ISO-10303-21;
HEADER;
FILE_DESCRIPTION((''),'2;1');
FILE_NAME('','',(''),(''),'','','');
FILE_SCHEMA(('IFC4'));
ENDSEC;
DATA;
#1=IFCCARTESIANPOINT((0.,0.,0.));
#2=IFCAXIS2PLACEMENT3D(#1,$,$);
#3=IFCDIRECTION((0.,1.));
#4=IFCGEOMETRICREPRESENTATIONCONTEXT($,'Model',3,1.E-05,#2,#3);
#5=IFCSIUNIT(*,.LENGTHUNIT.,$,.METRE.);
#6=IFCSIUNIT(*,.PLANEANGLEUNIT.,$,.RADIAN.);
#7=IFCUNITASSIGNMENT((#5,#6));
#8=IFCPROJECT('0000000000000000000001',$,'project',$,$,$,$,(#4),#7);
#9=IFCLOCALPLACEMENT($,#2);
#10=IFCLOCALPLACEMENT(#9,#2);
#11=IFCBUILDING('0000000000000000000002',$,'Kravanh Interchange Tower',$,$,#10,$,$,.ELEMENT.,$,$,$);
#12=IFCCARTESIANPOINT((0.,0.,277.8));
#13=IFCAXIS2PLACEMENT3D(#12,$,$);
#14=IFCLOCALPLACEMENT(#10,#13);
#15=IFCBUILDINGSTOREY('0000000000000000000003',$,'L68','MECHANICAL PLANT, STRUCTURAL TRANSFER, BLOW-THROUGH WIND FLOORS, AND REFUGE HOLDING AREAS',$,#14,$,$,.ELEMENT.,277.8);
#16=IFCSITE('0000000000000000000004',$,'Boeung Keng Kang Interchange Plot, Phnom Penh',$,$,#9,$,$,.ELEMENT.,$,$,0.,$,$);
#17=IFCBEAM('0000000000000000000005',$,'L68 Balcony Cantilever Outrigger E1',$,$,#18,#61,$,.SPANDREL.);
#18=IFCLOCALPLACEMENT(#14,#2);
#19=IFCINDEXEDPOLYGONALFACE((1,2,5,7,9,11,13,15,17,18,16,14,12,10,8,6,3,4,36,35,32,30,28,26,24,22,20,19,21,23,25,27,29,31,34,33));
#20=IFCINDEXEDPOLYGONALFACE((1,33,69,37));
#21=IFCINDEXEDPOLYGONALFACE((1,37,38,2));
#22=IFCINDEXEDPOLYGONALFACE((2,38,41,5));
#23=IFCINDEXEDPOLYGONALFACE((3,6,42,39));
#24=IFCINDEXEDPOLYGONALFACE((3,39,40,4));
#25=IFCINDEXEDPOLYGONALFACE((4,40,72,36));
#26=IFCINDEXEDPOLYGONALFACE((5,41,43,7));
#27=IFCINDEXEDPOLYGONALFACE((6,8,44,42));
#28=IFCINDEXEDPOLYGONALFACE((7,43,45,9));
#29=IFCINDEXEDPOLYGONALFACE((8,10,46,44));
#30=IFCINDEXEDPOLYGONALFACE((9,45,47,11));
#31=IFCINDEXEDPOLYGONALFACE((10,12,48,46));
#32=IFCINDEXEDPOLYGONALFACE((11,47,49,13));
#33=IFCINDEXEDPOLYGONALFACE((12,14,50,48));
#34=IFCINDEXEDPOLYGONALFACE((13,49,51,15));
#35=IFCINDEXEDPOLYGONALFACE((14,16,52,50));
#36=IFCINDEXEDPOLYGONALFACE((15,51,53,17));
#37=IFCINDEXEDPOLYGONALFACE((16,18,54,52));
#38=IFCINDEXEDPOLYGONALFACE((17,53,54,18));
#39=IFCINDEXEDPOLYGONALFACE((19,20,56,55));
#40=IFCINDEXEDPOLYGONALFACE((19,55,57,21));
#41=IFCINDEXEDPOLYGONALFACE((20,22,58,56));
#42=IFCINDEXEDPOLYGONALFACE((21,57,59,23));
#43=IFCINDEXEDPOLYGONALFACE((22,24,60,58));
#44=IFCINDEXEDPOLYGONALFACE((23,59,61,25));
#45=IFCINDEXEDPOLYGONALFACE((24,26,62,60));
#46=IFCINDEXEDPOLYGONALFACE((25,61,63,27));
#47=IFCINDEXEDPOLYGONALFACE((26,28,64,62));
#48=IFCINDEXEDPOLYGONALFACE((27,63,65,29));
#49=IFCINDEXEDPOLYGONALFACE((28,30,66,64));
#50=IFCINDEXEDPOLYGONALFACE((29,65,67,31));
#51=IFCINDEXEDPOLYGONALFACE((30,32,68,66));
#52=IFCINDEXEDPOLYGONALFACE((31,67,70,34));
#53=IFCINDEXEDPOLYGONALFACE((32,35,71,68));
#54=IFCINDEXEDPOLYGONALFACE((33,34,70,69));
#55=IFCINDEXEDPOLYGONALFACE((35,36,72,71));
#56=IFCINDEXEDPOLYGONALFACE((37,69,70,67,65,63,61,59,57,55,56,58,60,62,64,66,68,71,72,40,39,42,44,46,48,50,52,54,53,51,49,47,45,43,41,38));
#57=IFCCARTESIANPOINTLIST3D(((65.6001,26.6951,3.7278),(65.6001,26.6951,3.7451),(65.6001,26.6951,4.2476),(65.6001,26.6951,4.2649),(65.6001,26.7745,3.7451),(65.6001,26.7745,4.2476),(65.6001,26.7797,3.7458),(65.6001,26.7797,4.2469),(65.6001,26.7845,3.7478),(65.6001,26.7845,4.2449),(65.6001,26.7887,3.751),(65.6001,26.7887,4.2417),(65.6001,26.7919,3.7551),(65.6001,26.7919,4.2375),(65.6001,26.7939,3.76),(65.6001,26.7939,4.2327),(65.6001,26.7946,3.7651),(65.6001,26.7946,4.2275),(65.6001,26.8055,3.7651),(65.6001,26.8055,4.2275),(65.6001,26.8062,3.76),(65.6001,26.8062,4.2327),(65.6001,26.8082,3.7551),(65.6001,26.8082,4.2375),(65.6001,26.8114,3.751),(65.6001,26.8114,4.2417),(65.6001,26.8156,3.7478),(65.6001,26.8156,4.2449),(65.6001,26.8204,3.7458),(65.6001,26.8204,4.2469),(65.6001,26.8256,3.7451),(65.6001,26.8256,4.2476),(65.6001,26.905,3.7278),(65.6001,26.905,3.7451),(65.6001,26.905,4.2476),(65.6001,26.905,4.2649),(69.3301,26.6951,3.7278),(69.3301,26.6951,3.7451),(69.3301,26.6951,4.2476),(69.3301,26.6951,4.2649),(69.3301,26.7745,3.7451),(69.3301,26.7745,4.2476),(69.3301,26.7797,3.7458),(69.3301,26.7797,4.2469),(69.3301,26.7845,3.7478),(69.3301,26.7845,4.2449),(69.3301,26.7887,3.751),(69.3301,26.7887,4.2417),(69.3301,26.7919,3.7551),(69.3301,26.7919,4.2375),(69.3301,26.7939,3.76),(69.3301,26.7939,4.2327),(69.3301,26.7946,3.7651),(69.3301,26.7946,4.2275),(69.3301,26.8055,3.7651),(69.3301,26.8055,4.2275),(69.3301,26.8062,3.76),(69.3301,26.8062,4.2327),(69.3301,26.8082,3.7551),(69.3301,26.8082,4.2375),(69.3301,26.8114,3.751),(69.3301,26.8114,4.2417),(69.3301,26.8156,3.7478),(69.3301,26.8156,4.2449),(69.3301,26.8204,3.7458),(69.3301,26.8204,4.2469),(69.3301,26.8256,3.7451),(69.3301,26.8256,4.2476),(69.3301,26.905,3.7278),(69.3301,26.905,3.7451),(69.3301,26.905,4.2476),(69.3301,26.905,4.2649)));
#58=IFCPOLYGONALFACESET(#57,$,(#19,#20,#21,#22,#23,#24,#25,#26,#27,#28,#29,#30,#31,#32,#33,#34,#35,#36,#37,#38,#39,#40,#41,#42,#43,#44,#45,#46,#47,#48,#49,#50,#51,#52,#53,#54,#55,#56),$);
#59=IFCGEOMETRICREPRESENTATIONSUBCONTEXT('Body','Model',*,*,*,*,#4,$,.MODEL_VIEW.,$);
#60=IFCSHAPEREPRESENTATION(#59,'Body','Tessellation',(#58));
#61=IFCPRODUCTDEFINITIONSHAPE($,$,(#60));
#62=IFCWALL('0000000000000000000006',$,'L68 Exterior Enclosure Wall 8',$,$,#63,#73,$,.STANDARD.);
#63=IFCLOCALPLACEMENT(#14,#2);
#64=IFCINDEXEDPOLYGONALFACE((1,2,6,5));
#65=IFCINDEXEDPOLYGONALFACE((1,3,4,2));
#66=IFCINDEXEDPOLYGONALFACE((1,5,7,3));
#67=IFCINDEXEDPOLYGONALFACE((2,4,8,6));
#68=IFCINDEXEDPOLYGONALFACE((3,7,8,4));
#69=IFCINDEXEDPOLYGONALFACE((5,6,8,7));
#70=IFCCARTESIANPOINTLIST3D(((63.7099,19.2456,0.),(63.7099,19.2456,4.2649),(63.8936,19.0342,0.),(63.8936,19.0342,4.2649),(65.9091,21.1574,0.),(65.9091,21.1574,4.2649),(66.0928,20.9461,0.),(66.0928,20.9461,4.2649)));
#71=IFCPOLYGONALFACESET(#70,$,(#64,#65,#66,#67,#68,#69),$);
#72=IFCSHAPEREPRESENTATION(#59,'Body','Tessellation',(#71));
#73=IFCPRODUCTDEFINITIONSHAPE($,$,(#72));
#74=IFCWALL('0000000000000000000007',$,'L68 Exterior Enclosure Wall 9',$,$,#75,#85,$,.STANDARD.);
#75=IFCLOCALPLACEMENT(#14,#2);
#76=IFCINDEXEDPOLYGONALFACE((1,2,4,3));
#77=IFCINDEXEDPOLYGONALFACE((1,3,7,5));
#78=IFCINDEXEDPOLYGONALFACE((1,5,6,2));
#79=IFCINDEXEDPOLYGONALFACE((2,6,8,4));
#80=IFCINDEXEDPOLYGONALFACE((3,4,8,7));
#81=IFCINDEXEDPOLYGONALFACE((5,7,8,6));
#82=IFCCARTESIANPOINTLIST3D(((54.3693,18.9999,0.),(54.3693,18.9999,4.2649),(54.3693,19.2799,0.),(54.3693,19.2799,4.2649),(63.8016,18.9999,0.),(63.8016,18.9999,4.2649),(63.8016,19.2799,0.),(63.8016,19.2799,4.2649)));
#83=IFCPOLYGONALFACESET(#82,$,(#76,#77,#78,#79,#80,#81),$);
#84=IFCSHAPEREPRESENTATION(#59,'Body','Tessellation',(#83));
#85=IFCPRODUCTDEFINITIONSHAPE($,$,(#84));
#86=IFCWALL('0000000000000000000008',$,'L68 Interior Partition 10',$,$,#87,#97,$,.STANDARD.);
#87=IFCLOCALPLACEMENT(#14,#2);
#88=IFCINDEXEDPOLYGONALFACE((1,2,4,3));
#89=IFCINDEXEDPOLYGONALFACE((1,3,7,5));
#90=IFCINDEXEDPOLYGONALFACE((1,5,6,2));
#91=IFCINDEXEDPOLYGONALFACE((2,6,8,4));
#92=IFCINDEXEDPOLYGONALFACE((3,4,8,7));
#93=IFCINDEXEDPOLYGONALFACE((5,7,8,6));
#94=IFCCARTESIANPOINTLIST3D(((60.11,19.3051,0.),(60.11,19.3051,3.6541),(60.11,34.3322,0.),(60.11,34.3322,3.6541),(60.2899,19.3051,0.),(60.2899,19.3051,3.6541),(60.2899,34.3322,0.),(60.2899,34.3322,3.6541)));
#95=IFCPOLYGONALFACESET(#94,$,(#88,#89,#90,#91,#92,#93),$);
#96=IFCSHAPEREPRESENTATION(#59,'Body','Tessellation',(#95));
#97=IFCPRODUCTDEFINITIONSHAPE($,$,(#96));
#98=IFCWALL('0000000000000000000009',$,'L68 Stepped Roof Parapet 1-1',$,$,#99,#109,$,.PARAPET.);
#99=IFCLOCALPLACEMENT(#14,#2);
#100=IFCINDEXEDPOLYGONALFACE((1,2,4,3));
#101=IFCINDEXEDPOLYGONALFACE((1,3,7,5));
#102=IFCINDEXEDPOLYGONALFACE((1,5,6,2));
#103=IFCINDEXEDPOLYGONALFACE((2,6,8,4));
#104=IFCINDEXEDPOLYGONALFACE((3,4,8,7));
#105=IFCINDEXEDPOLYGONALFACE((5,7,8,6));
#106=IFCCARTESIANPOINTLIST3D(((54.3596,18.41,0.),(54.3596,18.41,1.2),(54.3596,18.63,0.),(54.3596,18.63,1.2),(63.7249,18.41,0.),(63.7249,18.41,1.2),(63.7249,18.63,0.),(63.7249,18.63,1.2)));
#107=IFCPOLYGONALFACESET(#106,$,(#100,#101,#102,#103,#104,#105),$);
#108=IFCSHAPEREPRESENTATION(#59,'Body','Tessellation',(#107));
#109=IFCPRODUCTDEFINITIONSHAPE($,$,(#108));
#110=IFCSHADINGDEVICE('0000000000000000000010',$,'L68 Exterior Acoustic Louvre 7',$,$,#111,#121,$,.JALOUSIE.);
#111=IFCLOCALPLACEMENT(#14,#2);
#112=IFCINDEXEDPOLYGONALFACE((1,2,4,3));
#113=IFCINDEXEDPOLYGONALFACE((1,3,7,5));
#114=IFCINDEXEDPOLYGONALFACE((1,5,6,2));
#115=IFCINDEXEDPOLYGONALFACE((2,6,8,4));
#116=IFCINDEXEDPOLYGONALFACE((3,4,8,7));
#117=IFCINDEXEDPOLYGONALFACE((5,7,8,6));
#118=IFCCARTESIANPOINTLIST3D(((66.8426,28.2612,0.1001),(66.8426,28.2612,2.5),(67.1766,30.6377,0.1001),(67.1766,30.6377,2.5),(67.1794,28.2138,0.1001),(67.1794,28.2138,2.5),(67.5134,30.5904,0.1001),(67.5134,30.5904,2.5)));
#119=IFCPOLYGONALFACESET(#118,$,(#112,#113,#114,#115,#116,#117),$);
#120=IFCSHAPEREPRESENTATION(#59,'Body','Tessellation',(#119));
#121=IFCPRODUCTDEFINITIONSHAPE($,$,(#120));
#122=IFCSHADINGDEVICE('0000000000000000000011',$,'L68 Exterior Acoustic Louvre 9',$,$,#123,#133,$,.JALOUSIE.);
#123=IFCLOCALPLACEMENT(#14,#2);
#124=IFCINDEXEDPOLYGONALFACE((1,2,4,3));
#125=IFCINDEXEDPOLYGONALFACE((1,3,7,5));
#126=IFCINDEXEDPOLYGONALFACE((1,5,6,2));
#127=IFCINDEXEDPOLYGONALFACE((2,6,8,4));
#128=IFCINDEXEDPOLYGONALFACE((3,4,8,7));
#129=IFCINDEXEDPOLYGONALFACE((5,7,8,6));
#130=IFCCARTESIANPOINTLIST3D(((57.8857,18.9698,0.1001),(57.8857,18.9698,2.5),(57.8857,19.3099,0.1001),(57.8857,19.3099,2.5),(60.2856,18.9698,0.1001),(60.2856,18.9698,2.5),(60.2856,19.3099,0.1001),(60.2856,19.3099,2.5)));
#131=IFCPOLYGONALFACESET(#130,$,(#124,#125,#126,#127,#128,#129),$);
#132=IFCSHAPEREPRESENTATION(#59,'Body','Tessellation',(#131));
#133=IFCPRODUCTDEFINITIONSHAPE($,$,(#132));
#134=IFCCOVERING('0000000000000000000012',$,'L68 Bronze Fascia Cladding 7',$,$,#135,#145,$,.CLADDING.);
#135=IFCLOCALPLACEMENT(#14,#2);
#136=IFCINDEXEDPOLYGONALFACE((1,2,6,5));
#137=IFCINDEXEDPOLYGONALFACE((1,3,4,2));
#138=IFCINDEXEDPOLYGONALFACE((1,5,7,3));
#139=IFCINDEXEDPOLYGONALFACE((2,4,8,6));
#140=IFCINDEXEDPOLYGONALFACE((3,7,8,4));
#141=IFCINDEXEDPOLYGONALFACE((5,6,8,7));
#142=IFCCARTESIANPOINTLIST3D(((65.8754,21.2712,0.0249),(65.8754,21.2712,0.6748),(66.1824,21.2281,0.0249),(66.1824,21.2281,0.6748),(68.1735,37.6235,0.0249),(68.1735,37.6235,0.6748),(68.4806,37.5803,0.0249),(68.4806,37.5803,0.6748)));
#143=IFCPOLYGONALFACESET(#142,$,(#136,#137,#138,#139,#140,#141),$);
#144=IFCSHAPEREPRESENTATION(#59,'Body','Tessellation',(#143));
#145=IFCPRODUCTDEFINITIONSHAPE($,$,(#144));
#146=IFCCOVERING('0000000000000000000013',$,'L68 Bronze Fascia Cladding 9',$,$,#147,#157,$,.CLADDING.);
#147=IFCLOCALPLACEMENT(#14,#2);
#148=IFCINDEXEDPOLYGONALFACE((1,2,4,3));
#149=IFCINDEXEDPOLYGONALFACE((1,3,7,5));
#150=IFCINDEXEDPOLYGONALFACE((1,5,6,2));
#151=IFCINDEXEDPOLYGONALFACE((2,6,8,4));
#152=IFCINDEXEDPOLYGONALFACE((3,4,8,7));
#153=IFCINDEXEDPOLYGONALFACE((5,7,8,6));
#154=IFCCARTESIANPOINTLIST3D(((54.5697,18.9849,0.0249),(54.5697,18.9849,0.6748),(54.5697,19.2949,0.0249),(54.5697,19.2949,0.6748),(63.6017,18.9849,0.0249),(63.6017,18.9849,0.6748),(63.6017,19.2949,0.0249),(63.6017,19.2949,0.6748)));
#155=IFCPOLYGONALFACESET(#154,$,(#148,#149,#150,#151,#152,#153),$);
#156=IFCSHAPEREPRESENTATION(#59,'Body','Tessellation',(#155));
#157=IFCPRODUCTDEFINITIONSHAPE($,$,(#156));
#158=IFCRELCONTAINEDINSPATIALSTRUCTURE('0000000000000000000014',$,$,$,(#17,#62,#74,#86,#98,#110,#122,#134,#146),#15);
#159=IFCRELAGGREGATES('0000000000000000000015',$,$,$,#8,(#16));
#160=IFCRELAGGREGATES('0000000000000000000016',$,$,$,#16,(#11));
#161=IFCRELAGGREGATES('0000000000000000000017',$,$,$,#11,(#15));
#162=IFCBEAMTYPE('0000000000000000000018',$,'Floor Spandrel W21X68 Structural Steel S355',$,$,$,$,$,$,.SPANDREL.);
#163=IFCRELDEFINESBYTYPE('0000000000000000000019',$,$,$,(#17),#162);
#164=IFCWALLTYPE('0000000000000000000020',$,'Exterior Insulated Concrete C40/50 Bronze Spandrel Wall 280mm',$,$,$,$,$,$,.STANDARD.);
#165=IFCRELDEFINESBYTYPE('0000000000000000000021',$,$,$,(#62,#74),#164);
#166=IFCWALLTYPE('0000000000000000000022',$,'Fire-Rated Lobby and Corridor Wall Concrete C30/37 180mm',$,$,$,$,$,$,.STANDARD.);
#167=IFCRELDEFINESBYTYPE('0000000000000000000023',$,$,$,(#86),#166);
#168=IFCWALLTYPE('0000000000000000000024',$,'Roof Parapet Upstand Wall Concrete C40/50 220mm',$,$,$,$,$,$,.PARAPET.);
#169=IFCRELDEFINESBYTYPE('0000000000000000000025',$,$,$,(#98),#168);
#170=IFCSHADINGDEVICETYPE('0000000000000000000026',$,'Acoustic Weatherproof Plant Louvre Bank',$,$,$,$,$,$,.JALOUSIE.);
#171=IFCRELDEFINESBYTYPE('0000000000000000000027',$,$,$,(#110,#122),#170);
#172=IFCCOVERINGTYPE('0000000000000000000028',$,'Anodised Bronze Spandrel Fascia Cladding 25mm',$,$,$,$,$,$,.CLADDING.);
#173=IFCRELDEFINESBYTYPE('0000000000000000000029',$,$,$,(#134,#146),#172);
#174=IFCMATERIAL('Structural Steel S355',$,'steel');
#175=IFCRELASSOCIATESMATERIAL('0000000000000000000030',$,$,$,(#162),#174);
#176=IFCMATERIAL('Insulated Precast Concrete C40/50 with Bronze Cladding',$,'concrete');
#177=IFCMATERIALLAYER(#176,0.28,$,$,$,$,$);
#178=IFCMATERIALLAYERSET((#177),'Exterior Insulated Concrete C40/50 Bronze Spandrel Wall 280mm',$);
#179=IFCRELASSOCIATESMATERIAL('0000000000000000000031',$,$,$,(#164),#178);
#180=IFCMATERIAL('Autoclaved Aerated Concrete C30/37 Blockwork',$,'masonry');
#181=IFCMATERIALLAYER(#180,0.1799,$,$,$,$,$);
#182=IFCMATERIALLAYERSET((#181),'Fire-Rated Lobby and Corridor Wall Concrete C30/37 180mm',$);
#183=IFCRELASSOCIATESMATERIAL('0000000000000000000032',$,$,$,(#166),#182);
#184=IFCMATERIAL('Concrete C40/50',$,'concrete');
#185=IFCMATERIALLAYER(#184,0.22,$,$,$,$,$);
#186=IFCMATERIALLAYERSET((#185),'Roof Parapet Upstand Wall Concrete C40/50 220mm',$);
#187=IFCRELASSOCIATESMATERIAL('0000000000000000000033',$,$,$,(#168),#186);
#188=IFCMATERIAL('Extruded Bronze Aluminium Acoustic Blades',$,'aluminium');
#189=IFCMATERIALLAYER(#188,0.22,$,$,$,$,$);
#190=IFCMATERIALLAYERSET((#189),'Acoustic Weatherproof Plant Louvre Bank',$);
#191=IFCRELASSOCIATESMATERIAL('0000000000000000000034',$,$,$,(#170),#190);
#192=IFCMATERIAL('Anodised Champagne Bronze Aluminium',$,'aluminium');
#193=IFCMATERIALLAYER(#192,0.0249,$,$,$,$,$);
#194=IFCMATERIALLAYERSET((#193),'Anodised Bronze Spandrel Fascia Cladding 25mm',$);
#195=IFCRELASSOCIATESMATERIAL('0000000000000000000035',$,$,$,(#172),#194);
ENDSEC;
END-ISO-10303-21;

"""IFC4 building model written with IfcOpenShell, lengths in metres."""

from ifc_helpers import new_model, si_unit, direction, frame, frame_2d, origin, origin_2d, place, context, subcontext, project, spatial, rectangle, i_section, extrude, material, layer, layer_set, material_profile, profile_set, type_object, element, save


model = new_model("IFC4")

# Units and contexts
model_context = context("Model", 3, precision=1e-05, world=origin(), true_north=direction((0.0, 1.0)))
body_context = subcontext(model_context, "Body", "Model", "MODEL_VIEW")
ifc_project = project(units=[si_unit("LENGTHUNIT", "METRE"), si_unit("PLANEANGLEUNIT", "RADIAN")], contexts=[model_context])

# Site, building, storey
site_placement = place(None, origin())
site = spatial("IfcSite", under=ifc_project, at=site_placement, Name="Boeung Keng Kang Interchange Plot, Phnom Penh", CompositionType="ELEMENT", RefElevation=0.0)
building_placement = place(site_placement, origin())
building = spatial("IfcBuilding", under=site, at=building_placement, Name="Kravanh Interchange Tower", CompositionType="ELEMENT")
storey_placement = place(building_placement, frame((0.0, 0.0, 277.8)))
storey = spatial("IfcBuildingStorey", under=building, at=storey_placement, Name="L68", Description="MECHANICAL PLANT, STRUCTURAL TRANSFER, BLOW-THROUGH WIND FLOORS, AND REFUGE HOLDING AREAS", CompositionType="ELEMENT", Elevation=277.8)

# Beam
ifc_material_1 = material(Name="Structural Steel S355", Category="steel")
ifc_material_profile_1 = material_profile(ifc_material_1, i_section(OverallWidth=0.21, OverallDepth=0.5371, WebThickness=0.011, FlangeThickness=0.0173, FilletRadius=0.02, at=origin_2d()), Name="W21X68")
ifc_profile_set_1 = profile_set([ifc_material_profile_1], Name="Structural Steel S355")
beam_type_1 = type_object("IfcBeamType", Name="Floor Spandrel W21X68 Structural Steel S355", PredefinedType="SPANDREL", material=ifc_profile_set_1)
beam_1_placement = place(storey_placement, frame((65.6001, 26.8, 3.9963), z_axis=(1.0, 0.0, 0.0), x_axis=(0.0, 1.0, 0.0)))
element("IfcBeam", 1, at=beam_1_placement, inside=storey, type_object=beam_type_1, Name="L68 Balcony Cantilever Outrigger E1", PredefinedType="SPANDREL", context=body_context, shape_type="SweptSolid", body=[
    extrude(i_section(OverallWidth=0.21, OverallDepth=0.5371, WebThickness=0.011, FlangeThickness=0.0173, FilletRadius=0.02, at=origin_2d()), origin(), (0.0, 0.0, 1.0), 3.73),
])

# Walls
ifc_material_2 = material(Name="Insulated Precast Concrete C40/50 with Bronze Cladding", Category="concrete")
ifc_layer_1 = layer(ifc_material_2, 0.28)
ifc_layer_set_1 = layer_set([ifc_layer_1], Name="Exterior Insulated Concrete C40/50 Bronze Spandrel Wall 280mm")
wall_type_1 = type_object("IfcWallType", Name="Exterior Insulated Concrete C40/50 Bronze Spandrel Wall 280mm", PredefinedType="STANDARD", material=ifc_layer_set_1)
wall_1_placement = place(storey_placement, frame((66.001, 21.0518, 0.0), z_axis=(0.0, 0.0, 1.0), x_axis=(-0.75469, -0.656081, 0.0)))
element("IfcWall", 2, at=wall_1_placement, inside=storey, type_object=wall_type_1, Name="L68 Exterior Enclosure Wall 8", PredefinedType="STANDARD", context=body_context, shape_type="SweptSolid", body=[
    extrude(rectangle(XDim=2.9141, YDim=0.28, at=frame_2d((1.457, 0.0))), origin(), (0.0, 0.0, 1.0), 4.2649),
])
wall_2_placement = place(storey_placement, frame((63.8018, 19.1399, 0.0), z_axis=(0.0, 0.0, 1.0), x_axis=(-1.0, 0.0, 0.0)))
element("IfcWall", 3, at=wall_2_placement, inside=storey, type_object=wall_type_1, Name="L68 Exterior Enclosure Wall 9", PredefinedType="STANDARD", context=body_context, shape_type="SweptSolid", body=[
    extrude(rectangle(XDim=9.4324, YDim=0.28, at=frame_2d((4.7163, 0.0))), origin(), (0.0, 0.0, 1.0), 4.2649),
])
ifc_material_3 = material(Name="Autoclaved Aerated Concrete C30/37 Blockwork", Category="masonry")
ifc_layer_2 = layer(ifc_material_3, 0.1799)
ifc_layer_set_2 = layer_set([ifc_layer_2], Name="Fire-Rated Lobby and Corridor Wall Concrete C30/37 180mm")
wall_type_2 = type_object("IfcWallType", Name="Fire-Rated Lobby and Corridor Wall Concrete C30/37 180mm", PredefinedType="STANDARD", material=ifc_layer_set_2)
wall_3_placement = place(storey_placement, frame((60.2, 19.3049, 0.0), z_axis=(0.0, 0.0, 1.0), x_axis=(0.0, 1.0, 0.0)))
element("IfcWall", 4, at=wall_3_placement, inside=storey, type_object=wall_type_2, Name="L68 Interior Partition 10", PredefinedType="STANDARD", context=body_context, shape_type="SweptSolid", body=[
    extrude(rectangle(XDim=15.0271, YDim=0.1799, at=frame_2d((7.5137, 0.0))), origin(), (0.0, 0.0, 1.0), 3.6541),
])
ifc_material_4 = material(Name="Concrete C40/50", Category="concrete")
ifc_layer_3 = layer(ifc_material_4, 0.22)
ifc_layer_set_3 = layer_set([ifc_layer_3], Name="Roof Parapet Upstand Wall Concrete C40/50 220mm")
wall_type_3 = type_object("IfcWallType", Name="Roof Parapet Upstand Wall Concrete C40/50 220mm", PredefinedType="PARAPET", material=ifc_layer_set_3)
wall_4_placement = place(storey_placement, frame((63.7249, 18.52, 0.0), z_axis=(0.0, 0.0, 1.0), x_axis=(-1.0, 0.0, 0.0)))
element("IfcWall", 5, at=wall_4_placement, inside=storey, type_object=wall_type_3, Name="L68 Stepped Roof Parapet 1-1", PredefinedType="PARAPET", context=body_context, shape_type="SweptSolid", body=[
    extrude(rectangle(XDim=9.3652, YDim=0.22, at=frame_2d((4.6826, 0.0))), origin(), (0.0, 0.0, 1.0), 1.2),
])

# Shading devices
ifc_material_5 = material(Name="Extruded Bronze Aluminium Acoustic Blades", Category="aluminium")
ifc_layer_4 = layer(ifc_material_5, 0.22)
ifc_layer_set_4 = layer_set([ifc_layer_4], Name="Acoustic Weatherproof Plant Louvre Bank")
shading_device_type = type_object("IfcShadingDeviceType", Name="Acoustic Weatherproof Plant Louvre Bank", PredefinedType="JALOUSIE", material=ifc_layer_set_4)
for number, where, z_axis, x_axis, name in (
    (6, (67.178, 29.4258, 0.1001), (0.0, 0.0, 1.0), (-0.139174, -0.990268, 0.0), "L68 Exterior Acoustic Louvre 7"),
    (7, (59.0857, 19.1399, 0.1001), (0.0, 0.0, 1.0), (-1.0, 0.0, 0.0), "L68 Exterior Acoustic Louvre 9"),
):
    element("IfcShadingDevice", number, at=place(storey_placement, frame(where, z_axis=z_axis, x_axis=x_axis)), inside=storey, type_object=shading_device_type, Name=name, PredefinedType="JALOUSIE", context=body_context, shape_type="SweptSolid", body=[
        extrude(rectangle(XDim=2.3999, YDim=0.3401, at=origin_2d()), origin(), (0.0, 0.0, 1.0), 2.3999),
    ])

# Coverings
ifc_material_6 = material(Name="Anodised Champagne Bronze Aluminium", Category="aluminium")
ifc_layer_5 = layer(ifc_material_6, 0.0249)
ifc_layer_set_5 = layer_set([ifc_layer_5], Name="Anodised Bronze Spandrel Fascia Cladding 25mm")
covering_type = type_object("IfcCoveringType", Name="Anodised Bronze Spandrel Fascia Cladding 25mm", PredefinedType="CLADDING", material=ifc_layer_set_5)
covering_1_placement = place(storey_placement, frame((67.178, 29.4258, 0.0249), z_axis=(0.0, 0.0, 1.0), x_axis=(-0.139174, -0.990268, 0.0)))
element("IfcCovering", 8, at=covering_1_placement, inside=storey, type_object=covering_type, Name="L68 Bronze Fascia Cladding 7", PredefinedType="CLADDING", context=body_context, shape_type="SweptSolid", body=[
    extrude(rectangle(XDim=16.5129, YDim=0.3101, at=origin_2d()), origin(), (0.0, 0.0, 1.0), 0.6499),
])
covering_2_placement = place(storey_placement, frame((59.0857, 19.1399, 0.0249), z_axis=(0.0, 0.0, 1.0), x_axis=(-1.0, 0.0, 0.0)))
element("IfcCovering", 9, at=covering_2_placement, inside=storey, type_object=covering_type, Name="L68 Bronze Fascia Cladding 9", PredefinedType="CLADDING", context=body_context, shape_type="SweptSolid", body=[
    extrude(rectangle(XDim=9.032, YDim=0.3101, at=origin_2d()), origin(), (0.0, 0.0, 1.0), 0.6499),
])

save(model, "model.ifc")
